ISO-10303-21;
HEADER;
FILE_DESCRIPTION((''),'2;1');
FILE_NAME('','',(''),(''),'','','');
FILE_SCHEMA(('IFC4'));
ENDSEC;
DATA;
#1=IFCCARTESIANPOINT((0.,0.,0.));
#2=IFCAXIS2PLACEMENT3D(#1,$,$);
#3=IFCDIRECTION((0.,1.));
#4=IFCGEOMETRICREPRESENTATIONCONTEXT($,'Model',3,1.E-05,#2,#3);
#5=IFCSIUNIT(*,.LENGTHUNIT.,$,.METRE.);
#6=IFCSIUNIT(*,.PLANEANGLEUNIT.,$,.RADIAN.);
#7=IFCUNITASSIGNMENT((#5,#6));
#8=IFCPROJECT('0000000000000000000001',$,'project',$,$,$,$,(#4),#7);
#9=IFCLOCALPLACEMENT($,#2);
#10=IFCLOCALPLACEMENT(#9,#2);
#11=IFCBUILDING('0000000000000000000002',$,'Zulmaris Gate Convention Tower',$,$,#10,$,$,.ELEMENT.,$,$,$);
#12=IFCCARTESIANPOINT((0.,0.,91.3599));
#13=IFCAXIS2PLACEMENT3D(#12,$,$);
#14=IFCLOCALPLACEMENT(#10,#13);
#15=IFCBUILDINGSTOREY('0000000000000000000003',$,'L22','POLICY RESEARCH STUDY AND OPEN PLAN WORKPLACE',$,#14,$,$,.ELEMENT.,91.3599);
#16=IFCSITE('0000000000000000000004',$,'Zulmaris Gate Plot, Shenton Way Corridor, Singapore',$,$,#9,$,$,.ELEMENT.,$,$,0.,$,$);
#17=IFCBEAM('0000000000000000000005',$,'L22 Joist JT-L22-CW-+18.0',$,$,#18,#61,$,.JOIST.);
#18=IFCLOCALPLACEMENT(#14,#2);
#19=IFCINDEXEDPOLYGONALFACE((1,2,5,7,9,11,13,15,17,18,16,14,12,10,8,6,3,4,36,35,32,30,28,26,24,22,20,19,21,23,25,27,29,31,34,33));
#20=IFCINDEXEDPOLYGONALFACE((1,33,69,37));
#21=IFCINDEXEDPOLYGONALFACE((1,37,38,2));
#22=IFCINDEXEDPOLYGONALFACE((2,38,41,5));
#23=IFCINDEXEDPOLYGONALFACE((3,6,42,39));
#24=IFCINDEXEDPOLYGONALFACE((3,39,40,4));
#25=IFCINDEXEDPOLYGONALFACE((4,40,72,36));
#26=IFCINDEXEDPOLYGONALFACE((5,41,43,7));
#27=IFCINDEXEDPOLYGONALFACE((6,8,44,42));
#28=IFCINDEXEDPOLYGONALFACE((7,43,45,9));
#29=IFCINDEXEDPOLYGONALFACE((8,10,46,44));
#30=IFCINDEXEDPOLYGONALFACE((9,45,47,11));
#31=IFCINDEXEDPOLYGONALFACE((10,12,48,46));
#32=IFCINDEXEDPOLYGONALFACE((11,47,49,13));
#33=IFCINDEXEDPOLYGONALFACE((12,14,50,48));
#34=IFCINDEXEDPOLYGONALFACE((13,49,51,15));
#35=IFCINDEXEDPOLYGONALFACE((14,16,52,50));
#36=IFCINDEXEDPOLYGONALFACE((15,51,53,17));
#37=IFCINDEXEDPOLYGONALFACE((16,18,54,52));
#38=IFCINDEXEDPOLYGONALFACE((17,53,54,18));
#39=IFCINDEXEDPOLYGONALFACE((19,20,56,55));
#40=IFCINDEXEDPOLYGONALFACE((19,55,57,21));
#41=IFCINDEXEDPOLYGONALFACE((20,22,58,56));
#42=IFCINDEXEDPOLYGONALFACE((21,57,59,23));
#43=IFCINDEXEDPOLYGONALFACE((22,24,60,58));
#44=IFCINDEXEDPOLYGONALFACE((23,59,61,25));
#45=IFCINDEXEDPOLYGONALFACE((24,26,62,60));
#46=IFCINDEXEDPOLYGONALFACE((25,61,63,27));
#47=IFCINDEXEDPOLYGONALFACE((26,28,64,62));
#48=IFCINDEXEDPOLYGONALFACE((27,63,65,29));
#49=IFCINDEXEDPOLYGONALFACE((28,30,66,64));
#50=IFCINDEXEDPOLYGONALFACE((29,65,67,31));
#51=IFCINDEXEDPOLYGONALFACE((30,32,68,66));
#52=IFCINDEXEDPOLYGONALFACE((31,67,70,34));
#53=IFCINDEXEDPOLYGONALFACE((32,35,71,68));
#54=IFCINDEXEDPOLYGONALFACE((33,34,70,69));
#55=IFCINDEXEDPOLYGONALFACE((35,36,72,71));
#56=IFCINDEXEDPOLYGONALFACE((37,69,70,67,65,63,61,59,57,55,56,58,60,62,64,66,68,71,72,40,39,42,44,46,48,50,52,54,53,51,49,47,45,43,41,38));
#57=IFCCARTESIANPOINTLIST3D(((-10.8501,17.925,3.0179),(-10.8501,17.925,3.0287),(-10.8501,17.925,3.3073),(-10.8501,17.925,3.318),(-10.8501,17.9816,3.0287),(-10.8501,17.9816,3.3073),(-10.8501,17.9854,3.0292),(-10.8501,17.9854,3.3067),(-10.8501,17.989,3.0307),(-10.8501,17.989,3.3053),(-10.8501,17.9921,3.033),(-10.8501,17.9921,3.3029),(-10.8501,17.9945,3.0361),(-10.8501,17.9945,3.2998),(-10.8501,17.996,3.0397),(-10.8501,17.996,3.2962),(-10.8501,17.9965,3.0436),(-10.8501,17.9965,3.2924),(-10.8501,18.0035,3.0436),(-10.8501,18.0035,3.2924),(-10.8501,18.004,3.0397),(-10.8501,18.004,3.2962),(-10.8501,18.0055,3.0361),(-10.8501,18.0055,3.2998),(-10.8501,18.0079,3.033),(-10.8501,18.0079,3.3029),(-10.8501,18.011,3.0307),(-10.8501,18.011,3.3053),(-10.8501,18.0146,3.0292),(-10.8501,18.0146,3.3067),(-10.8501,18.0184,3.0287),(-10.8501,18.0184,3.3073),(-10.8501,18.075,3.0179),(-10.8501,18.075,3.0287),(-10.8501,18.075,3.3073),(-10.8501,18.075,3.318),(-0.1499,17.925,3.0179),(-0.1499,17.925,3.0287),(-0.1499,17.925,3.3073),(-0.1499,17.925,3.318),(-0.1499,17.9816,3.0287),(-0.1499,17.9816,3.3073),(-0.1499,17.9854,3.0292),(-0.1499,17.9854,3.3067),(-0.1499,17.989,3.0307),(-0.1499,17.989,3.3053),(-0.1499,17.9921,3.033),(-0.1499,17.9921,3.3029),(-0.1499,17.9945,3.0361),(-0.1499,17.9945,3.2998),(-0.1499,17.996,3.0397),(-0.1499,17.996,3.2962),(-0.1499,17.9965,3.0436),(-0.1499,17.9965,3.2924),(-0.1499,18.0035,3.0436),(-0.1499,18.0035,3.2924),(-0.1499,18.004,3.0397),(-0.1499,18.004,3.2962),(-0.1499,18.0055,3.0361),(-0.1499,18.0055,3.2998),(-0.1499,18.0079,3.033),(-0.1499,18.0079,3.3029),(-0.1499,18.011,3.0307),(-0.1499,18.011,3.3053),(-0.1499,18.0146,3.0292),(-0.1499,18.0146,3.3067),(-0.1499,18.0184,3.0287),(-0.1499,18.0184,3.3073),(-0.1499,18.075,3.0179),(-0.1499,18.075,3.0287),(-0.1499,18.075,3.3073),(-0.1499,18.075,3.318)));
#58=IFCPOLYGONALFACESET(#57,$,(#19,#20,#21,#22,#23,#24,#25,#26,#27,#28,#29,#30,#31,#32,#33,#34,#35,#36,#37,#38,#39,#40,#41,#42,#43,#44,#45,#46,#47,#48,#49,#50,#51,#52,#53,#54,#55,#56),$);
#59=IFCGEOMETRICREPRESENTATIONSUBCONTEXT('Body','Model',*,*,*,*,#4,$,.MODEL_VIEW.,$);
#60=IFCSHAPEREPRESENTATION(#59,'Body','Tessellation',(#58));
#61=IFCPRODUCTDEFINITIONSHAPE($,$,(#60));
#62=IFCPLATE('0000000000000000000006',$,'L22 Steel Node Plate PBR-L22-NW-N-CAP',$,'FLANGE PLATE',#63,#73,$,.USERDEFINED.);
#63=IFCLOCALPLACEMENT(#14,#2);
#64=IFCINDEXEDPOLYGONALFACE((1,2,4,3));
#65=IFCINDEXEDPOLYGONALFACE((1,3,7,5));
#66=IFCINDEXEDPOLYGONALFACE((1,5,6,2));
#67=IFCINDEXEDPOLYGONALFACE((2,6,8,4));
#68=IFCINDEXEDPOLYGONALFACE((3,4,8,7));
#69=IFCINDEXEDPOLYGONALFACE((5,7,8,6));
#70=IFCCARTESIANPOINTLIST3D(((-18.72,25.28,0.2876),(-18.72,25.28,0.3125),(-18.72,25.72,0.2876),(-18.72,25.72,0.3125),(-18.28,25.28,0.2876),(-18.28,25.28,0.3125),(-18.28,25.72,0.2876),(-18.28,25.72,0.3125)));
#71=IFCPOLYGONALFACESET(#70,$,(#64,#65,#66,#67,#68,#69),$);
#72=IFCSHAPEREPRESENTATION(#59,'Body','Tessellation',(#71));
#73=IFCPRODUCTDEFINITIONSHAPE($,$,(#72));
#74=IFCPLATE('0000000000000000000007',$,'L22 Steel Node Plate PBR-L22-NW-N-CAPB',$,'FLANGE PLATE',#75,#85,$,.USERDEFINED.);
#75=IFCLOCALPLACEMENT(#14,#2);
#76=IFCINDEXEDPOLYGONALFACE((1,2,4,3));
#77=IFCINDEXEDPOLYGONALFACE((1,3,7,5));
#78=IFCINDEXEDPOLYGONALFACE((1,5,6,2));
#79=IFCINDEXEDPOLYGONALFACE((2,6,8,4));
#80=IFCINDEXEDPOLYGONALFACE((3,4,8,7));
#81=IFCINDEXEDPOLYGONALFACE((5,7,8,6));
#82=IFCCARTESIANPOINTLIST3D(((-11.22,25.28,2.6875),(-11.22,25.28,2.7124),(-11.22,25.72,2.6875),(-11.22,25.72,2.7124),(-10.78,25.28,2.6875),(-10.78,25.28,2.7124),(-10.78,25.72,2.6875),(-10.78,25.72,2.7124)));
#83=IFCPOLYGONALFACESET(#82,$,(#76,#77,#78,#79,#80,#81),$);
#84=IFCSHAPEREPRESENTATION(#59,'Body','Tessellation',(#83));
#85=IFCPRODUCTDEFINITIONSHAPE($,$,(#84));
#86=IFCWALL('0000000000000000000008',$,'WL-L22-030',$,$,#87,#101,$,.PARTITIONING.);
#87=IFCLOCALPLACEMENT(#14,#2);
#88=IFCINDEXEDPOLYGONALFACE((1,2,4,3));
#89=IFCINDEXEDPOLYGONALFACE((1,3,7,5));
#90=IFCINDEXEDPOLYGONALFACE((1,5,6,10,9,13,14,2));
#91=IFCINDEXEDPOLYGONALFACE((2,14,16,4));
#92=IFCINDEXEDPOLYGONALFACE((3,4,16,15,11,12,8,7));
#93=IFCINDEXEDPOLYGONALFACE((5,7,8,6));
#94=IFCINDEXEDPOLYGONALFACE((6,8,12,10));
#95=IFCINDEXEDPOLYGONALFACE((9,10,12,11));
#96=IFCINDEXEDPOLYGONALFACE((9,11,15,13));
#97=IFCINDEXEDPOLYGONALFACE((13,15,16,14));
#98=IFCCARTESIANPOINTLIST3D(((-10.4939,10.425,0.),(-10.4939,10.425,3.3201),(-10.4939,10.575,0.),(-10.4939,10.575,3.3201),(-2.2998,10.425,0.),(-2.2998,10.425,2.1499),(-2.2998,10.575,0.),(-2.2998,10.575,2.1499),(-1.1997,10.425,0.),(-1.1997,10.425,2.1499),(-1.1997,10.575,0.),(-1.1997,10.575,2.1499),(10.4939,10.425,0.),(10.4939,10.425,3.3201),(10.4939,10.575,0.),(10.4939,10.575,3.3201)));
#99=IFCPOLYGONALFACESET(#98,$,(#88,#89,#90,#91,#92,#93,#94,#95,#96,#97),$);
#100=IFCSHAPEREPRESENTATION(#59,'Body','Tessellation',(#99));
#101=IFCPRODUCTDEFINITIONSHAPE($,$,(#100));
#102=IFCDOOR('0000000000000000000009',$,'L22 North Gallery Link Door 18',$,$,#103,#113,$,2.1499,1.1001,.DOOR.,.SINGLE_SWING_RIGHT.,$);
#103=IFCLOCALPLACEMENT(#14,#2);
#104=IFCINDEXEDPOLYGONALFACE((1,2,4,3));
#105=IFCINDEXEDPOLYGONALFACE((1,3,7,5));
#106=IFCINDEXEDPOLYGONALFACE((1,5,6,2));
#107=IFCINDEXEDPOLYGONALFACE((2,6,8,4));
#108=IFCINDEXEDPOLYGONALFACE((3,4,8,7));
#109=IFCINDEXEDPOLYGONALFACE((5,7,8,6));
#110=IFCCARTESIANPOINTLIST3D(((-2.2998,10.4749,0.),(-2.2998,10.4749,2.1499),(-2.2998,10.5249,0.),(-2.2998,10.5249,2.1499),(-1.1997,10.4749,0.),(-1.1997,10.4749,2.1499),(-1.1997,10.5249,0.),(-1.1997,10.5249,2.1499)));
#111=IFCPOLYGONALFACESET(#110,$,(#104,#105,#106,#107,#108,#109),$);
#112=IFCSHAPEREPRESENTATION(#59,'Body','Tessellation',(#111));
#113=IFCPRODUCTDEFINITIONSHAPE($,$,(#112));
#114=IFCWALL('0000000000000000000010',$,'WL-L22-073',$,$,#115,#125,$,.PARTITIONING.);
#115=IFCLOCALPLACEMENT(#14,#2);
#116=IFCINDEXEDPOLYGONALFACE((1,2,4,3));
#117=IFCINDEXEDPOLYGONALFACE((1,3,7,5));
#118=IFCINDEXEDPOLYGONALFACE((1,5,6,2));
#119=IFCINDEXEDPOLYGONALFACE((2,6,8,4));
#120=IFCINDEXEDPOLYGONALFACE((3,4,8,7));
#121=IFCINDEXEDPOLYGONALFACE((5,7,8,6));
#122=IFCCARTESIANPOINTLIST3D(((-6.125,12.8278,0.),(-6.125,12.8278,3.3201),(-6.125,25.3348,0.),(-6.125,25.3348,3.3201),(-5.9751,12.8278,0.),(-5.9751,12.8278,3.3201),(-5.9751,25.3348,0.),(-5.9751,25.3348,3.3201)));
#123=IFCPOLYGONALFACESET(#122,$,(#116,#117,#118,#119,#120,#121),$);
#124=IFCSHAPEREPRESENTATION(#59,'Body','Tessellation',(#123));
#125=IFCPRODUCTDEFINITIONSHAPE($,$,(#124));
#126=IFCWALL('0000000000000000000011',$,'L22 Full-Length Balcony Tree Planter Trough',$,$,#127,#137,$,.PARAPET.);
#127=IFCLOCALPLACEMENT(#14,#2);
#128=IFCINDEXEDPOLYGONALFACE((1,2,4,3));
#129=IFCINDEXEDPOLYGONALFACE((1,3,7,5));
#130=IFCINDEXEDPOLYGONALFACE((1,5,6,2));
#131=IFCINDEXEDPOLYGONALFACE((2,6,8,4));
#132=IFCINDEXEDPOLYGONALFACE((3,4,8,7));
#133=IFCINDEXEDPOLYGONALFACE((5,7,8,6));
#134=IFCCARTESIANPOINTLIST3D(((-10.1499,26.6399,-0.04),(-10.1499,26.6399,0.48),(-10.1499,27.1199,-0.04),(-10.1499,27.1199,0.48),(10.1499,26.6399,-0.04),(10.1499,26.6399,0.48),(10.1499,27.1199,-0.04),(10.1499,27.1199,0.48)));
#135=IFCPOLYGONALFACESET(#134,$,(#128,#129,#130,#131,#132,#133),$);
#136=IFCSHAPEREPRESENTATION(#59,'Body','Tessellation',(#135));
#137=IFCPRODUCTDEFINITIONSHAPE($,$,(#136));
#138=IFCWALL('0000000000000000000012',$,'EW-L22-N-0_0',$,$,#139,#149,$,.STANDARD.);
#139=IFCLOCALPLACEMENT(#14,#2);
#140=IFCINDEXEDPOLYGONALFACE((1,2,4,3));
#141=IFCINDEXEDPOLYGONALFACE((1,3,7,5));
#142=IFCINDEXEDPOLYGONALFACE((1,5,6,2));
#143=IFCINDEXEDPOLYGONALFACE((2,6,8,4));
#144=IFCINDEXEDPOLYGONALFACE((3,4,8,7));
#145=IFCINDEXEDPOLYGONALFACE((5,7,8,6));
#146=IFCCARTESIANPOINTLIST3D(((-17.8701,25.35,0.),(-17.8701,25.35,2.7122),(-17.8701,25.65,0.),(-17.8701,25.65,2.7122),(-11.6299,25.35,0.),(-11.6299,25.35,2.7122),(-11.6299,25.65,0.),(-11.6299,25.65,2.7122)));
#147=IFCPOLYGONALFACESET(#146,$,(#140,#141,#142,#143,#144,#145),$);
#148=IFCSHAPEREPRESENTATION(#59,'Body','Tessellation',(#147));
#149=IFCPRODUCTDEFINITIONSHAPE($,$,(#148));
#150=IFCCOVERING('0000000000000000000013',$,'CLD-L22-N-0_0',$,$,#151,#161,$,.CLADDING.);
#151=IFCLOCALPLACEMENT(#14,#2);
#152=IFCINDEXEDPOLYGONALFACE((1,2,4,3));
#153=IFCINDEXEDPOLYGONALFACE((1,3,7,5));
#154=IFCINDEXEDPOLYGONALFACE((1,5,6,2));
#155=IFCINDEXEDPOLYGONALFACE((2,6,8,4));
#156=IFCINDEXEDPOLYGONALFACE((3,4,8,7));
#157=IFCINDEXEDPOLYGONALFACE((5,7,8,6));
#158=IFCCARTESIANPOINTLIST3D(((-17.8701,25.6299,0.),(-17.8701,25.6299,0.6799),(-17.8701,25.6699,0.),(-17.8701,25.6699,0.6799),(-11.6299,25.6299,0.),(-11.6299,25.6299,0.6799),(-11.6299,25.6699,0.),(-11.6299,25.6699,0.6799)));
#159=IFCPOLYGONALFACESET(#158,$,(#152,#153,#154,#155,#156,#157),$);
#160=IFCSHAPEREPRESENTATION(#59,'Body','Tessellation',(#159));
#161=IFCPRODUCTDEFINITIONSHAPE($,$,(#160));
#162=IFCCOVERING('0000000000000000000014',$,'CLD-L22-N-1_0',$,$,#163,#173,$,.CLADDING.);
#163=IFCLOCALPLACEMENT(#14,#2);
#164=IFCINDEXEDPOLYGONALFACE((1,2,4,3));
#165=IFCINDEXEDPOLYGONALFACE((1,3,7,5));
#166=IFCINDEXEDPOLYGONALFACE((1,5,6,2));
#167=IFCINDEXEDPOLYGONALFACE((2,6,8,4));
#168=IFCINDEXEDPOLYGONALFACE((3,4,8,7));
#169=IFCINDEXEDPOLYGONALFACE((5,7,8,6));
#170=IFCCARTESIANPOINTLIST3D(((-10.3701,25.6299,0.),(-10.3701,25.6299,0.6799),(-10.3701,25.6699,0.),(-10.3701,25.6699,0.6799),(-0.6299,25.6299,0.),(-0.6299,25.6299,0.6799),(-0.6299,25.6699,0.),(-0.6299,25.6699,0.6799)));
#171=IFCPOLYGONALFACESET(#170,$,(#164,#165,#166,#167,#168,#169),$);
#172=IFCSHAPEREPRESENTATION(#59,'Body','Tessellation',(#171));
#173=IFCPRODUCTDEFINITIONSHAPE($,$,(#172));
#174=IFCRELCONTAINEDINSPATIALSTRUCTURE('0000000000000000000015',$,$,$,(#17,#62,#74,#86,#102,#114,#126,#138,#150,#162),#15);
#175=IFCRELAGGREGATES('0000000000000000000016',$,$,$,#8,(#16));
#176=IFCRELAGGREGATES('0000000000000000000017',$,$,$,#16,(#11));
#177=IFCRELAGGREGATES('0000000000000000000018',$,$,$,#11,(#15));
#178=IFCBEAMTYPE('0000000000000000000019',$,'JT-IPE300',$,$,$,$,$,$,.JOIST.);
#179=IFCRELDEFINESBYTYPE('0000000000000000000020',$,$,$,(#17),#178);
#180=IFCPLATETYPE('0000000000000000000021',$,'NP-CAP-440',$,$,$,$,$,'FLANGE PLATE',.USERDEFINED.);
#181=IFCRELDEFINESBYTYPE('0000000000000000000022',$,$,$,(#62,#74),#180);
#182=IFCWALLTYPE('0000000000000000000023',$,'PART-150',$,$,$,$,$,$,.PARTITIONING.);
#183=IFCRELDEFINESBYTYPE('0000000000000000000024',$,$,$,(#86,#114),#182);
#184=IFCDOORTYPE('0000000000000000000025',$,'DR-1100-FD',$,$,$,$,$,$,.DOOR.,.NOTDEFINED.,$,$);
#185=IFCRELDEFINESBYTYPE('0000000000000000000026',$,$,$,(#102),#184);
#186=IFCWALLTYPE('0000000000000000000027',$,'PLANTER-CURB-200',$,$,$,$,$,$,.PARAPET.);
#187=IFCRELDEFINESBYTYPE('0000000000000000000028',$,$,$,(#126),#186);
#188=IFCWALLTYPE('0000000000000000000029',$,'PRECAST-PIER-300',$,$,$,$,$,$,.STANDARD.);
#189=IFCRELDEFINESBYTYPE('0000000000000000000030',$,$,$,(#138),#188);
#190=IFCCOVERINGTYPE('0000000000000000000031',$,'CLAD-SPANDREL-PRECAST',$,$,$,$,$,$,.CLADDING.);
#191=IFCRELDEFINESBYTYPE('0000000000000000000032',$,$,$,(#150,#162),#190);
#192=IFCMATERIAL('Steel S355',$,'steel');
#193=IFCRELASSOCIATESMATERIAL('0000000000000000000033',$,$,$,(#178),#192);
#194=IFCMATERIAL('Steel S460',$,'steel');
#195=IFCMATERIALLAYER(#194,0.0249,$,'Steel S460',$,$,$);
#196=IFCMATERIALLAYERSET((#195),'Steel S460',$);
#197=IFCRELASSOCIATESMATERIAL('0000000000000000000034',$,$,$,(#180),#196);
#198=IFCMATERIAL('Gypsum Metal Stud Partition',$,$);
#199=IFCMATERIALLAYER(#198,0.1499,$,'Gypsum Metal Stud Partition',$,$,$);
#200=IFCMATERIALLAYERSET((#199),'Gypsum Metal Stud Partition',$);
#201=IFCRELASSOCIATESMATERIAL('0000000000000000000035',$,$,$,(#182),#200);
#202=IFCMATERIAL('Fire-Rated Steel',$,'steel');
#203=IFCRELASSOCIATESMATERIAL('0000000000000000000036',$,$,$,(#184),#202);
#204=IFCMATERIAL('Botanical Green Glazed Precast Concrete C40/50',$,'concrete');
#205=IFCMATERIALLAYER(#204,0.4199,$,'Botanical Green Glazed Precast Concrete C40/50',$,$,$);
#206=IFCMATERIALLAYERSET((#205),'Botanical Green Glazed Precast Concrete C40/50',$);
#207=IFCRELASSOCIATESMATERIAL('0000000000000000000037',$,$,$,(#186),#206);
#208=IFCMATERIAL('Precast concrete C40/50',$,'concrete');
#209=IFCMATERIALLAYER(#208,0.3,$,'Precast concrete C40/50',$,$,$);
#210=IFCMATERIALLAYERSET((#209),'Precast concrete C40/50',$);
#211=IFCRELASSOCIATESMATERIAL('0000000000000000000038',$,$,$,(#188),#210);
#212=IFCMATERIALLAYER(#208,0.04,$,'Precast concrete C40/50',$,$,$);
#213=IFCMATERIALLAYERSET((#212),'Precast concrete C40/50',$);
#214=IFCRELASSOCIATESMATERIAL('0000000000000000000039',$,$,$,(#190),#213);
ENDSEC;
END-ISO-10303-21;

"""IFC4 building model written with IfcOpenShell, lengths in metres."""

from ifc_helpers import new_model, si_unit, direction, frame, frame_2d, origin, origin_2d, place, context, subcontext, project, spatial, rectangle, i_section, extrude, material, layer, layer_set, material_profile, profile_set, type_object, element, fill, save


model = new_model("IFC4")

# Units and contexts
model_context = context("Model", 3, precision=1e-05, world=origin(), true_north=direction((0.0, 1.0)))
body_context = subcontext(model_context, "Body", "Model", "MODEL_VIEW")
ifc_project = project(units=[si_unit("LENGTHUNIT", "METRE"), si_unit("PLANEANGLEUNIT", "RADIAN")], contexts=[model_context])

# Site, building, storey
site_placement = place(None, origin())
site = spatial("IfcSite", under=ifc_project, at=site_placement, Name="Zulmaris Gate Plot, Shenton Way Corridor, Singapore", CompositionType="ELEMENT", RefElevation=0.0)
building_placement = place(site_placement, origin())
building = spatial("IfcBuilding", under=site, at=building_placement, Name="Zulmaris Gate Convention Tower", CompositionType="ELEMENT")
storey_placement = place(building_placement, frame((0.0, 0.0, 91.3599)))
storey = spatial("IfcBuildingStorey", under=building, at=storey_placement, Name="L22", Description="POLICY RESEARCH STUDY AND OPEN PLAN WORKPLACE", CompositionType="ELEMENT", Elevation=91.3599)

# Beam
ifc_material_1 = material(Name="Steel S355", Category="steel")
ifc_material_profile_1 = material_profile(ifc_material_1, i_section(OverallWidth=0.1499, OverallDepth=0.3, WebThickness=0.0071, FlangeThickness=0.0107, FilletRadius=0.0149, at=origin_2d()), Name="IPE 300")
ifc_profile_set_1 = profile_set([ifc_material_profile_1], Name="Steel S355")
beam_type_1 = type_object("IfcBeamType", Name="JT-IPE300", PredefinedType="JOIST", material=ifc_profile_set_1)
for number, where, z_axis, x_axis, name in (
    (1, (-10.8501, 18.0, 3.168), (1.0, 0.0, 0.0), (0.0, 1.0, 0.0), "L22 Joist JT-L22-CW-+18.0"),
):
    element("IfcBeam", number, at=place(storey_placement, frame(where, z_axis=z_axis, x_axis=x_axis)), inside=storey, type_object=beam_type_1, Name=name, PredefinedType="JOIST", context=body_context, shape_type="SweptSolid", body=[
        extrude(i_section(OverallWidth=0.1499, OverallDepth=0.3, WebThickness=0.0071, FlangeThickness=0.0107, FilletRadius=0.0149, at=origin_2d()), origin(), (0.0, 0.0, 1.0), 10.7002),
    ])

# Plates
ifc_material_2 = material(Name="Steel S460", Category="steel")
ifc_layer_1 = layer(ifc_material_2, 0.0249, Name="Steel S460")
ifc_layer_set_1 = layer_set([ifc_layer_1], Name="Steel S460")
plate_type = type_object("IfcPlateType", Name="NP-CAP-440", ElementType="FLANGE PLATE", PredefinedType="USERDEFINED", material=ifc_layer_set_1)
for number, where, z_axis, x_axis, name in (
    (2, (-18.5, 25.5, 0.2876), (0.0, 0.0, 1.0), (1.0, 0.0, 0.0), "L22 Steel Node Plate PBR-L22-NW-N-CAP"),
    (3, (-11.0, 25.5, 2.6875), (0.0, 0.0, 1.0), (1.0, 0.0, 0.0), "L22 Steel Node Plate PBR-L22-NW-N-CAPB"),
):
    element("IfcPlate", number, at=place(storey_placement, frame(where, z_axis=z_axis, x_axis=x_axis)), inside=storey, type_object=plate_type, Name=name, ObjectType="FLANGE PLATE", PredefinedType="USERDEFINED", context=body_context, shape_type="SweptSolid", body=[
        extrude(rectangle(XDim=0.4399, YDim=0.4399, at=origin_2d()), origin(), (0.0, 0.0, 1.0), 0.0249),
    ])

# Wall, opening, door
ifc_material_3 = material(Name="Gypsum Metal Stud Partition")
ifc_layer_2 = layer(ifc_material_3, 0.1499, Name="Gypsum Metal Stud Partition")
ifc_layer_set_2 = layer_set([ifc_layer_2], Name="Gypsum Metal Stud Partition")
wall_type_1 = type_object("IfcWallType", Name="PART-150", PredefinedType="PARTITIONING", material=ifc_layer_set_2)
wall_1_placement = place(storey_placement, frame((-10.4939, 10.5, 0.0), z_axis=(0.0, 0.0, 1.0), x_axis=(1.0, 0.0, 0.0)))
wall_1 = element("IfcWall", 4, at=wall_1_placement, inside=storey, type_object=wall_type_1, Name="WL-L22-030", PredefinedType="PARTITIONING", context=body_context, shape_type="SweptSolid", body=[
    extrude(rectangle(XDim=20.9878, YDim=0.1499, at=frame_2d((10.4939, 0.0))), origin(), (0.0, 0.0, 1.0), 3.3201),
])
opening_1_placement = place(wall_1_placement, frame((8.1941, 0.0, 0.0)))
opening_1 = element("IfcOpeningElement", 5, at=opening_1_placement, cuts=wall_1, PredefinedType="OPENING", context=body_context, shape_type="SweptSolid", body=[
    extrude(rectangle(XDim=1.1001, YDim=2.1499, at=frame_2d((0.55, 1.075))), frame((0.0, 0.085, 0.0), z_axis=(0.0, -1.0, 0.0), x_axis=(1.0, 0.0, 0.0)), (0.0, 0.0, 1.0), 0.1699),
])
ifc_material_4 = material(Name="Fire-Rated Steel", Category="steel")
door_type_1 = type_object("IfcDoorType", Name="DR-1100-FD", OperationType="NOTDEFINED", PredefinedType="DOOR", material=ifc_material_4)
door_1_placement = place(opening_1_placement, origin())
door_1 = element("IfcDoor", 6, at=door_1_placement, inside=storey, type_object=door_type_1, Name="L22 North Gallery Link Door 18", OperationType="SINGLE_SWING_RIGHT", OverallHeight=2.1499, OverallWidth=1.1001, PredefinedType="DOOR", context=body_context, shape_type="SweptSolid", body=[
    extrude(rectangle(XDim=1.1001, YDim=2.1499, at=frame_2d((0.55, 1.075))), frame((0.0, 0.0249, 0.0), z_axis=(0.0, -1.0, 0.0), x_axis=(1.0, 0.0, 0.0)), (0.0, 0.0, 1.0), 0.05),
])
fill(opening_1, door_1)

# Walls
wall_2_placement = place(storey_placement, frame((-6.05, 12.8279, 0.0), z_axis=(0.0, 0.0, 1.0), x_axis=(0.0, 1.0, 0.0)))
element("IfcWall", 7, at=wall_2_placement, inside=storey, type_object=wall_type_1, Name="WL-L22-073", PredefinedType="PARTITIONING", context=body_context, shape_type="SweptSolid", body=[
    extrude(rectangle(XDim=12.5071, YDim=0.1499, at=frame_2d((6.2534, 0.0))), origin(), (0.0, 0.0, 1.0), 3.3201),
])
ifc_material_5 = material(Name="Botanical Green Glazed Precast Concrete C40/50", Category="concrete")
ifc_layer_3 = layer(ifc_material_5, 0.4199, Name="Botanical Green Glazed Precast Concrete C40/50")
ifc_layer_set_3 = layer_set([ifc_layer_3], Name="Botanical Green Glazed Precast Concrete C40/50")
wall_type_2 = type_object("IfcWallType", Name="PLANTER-CURB-200", PredefinedType="PARAPET", material=ifc_layer_set_3)
wall_3_placement = place(storey_placement, frame((-10.1499, 26.8799, -0.04), z_axis=(0.0, 0.0, 1.0), x_axis=(1.0, 0.0, 0.0)))
element("IfcWall", 8, at=wall_3_placement, inside=storey, type_object=wall_type_2, Name="L22 Full-Length Balcony Tree Planter Trough", PredefinedType="PARAPET", context=body_context, shape_type="SweptSolid", body=[
    extrude(rectangle(XDim=20.2998, YDim=0.48, at=frame_2d((10.1499, 0.0))), origin(), (0.0, 0.0, 1.0), 0.52),
])
ifc_material_6 = material(Name="Precast concrete C40/50", Category="concrete")
ifc_layer_4 = layer(ifc_material_6, 0.3, Name="Precast concrete C40/50")
ifc_layer_set_4 = layer_set([ifc_layer_4], Name="Precast concrete C40/50")
wall_type_3 = type_object("IfcWallType", Name="PRECAST-PIER-300", PredefinedType="STANDARD", material=ifc_layer_set_4)
wall_4_placement = place(storey_placement, frame((-11.6299, 25.5, 0.0), z_axis=(0.0, 0.0, 1.0), x_axis=(-1.0, 0.0, 0.0)))
element("IfcWall", 9, at=wall_4_placement, inside=storey, type_object=wall_type_3, Name="EW-L22-N-0_0", PredefinedType="STANDARD", context=body_context, shape_type="SweptSolid", body=[
    extrude(rectangle(XDim=6.2402, YDim=0.3, at=frame_2d((3.1201, 0.0))), origin(), (0.0, 0.0, 1.0), 2.7122),
])

# Coverings
ifc_layer_5 = layer(ifc_material_6, 0.04, Name="Precast concrete C40/50")
ifc_layer_set_5 = layer_set([ifc_layer_5], Name="Precast concrete C40/50")
covering_type = type_object("IfcCoveringType", Name="CLAD-SPANDREL-PRECAST", PredefinedType="CLADDING", material=ifc_layer_set_5)
covering_1_placement = place(storey_placement, frame((-11.6299, 25.6499, 0.0), z_axis=(0.0, 0.0, 1.0), x_axis=(-1.0, 0.0, 0.0)))
element("IfcCovering", 10, at=covering_1_placement, inside=storey, type_object=covering_type, Name="CLD-L22-N-0_0", PredefinedType="CLADDING", context=body_context, shape_type="SweptSolid", body=[
    extrude(rectangle(XDim=6.2402, YDim=0.04, at=frame_2d((3.1201, 0.0))), origin(), (0.0, 0.0, 1.0), 0.6799),
])
covering_2_placement = place(storey_placement, frame((-0.6299, 25.6499, 0.0), z_axis=(0.0, 0.0, 1.0), x_axis=(-1.0, 0.0, 0.0)))
element("IfcCovering", 11, at=covering_2_placement, inside=storey, type_object=covering_type, Name="CLD-L22-N-1_0", PredefinedType="CLADDING", context=body_context, shape_type="SweptSolid", body=[
    extrude(rectangle(XDim=9.7402, YDim=0.04, at=frame_2d((4.8701, 0.0))), origin(), (0.0, 0.0, 1.0), 0.6799),
])

save(model, "model.ifc")
